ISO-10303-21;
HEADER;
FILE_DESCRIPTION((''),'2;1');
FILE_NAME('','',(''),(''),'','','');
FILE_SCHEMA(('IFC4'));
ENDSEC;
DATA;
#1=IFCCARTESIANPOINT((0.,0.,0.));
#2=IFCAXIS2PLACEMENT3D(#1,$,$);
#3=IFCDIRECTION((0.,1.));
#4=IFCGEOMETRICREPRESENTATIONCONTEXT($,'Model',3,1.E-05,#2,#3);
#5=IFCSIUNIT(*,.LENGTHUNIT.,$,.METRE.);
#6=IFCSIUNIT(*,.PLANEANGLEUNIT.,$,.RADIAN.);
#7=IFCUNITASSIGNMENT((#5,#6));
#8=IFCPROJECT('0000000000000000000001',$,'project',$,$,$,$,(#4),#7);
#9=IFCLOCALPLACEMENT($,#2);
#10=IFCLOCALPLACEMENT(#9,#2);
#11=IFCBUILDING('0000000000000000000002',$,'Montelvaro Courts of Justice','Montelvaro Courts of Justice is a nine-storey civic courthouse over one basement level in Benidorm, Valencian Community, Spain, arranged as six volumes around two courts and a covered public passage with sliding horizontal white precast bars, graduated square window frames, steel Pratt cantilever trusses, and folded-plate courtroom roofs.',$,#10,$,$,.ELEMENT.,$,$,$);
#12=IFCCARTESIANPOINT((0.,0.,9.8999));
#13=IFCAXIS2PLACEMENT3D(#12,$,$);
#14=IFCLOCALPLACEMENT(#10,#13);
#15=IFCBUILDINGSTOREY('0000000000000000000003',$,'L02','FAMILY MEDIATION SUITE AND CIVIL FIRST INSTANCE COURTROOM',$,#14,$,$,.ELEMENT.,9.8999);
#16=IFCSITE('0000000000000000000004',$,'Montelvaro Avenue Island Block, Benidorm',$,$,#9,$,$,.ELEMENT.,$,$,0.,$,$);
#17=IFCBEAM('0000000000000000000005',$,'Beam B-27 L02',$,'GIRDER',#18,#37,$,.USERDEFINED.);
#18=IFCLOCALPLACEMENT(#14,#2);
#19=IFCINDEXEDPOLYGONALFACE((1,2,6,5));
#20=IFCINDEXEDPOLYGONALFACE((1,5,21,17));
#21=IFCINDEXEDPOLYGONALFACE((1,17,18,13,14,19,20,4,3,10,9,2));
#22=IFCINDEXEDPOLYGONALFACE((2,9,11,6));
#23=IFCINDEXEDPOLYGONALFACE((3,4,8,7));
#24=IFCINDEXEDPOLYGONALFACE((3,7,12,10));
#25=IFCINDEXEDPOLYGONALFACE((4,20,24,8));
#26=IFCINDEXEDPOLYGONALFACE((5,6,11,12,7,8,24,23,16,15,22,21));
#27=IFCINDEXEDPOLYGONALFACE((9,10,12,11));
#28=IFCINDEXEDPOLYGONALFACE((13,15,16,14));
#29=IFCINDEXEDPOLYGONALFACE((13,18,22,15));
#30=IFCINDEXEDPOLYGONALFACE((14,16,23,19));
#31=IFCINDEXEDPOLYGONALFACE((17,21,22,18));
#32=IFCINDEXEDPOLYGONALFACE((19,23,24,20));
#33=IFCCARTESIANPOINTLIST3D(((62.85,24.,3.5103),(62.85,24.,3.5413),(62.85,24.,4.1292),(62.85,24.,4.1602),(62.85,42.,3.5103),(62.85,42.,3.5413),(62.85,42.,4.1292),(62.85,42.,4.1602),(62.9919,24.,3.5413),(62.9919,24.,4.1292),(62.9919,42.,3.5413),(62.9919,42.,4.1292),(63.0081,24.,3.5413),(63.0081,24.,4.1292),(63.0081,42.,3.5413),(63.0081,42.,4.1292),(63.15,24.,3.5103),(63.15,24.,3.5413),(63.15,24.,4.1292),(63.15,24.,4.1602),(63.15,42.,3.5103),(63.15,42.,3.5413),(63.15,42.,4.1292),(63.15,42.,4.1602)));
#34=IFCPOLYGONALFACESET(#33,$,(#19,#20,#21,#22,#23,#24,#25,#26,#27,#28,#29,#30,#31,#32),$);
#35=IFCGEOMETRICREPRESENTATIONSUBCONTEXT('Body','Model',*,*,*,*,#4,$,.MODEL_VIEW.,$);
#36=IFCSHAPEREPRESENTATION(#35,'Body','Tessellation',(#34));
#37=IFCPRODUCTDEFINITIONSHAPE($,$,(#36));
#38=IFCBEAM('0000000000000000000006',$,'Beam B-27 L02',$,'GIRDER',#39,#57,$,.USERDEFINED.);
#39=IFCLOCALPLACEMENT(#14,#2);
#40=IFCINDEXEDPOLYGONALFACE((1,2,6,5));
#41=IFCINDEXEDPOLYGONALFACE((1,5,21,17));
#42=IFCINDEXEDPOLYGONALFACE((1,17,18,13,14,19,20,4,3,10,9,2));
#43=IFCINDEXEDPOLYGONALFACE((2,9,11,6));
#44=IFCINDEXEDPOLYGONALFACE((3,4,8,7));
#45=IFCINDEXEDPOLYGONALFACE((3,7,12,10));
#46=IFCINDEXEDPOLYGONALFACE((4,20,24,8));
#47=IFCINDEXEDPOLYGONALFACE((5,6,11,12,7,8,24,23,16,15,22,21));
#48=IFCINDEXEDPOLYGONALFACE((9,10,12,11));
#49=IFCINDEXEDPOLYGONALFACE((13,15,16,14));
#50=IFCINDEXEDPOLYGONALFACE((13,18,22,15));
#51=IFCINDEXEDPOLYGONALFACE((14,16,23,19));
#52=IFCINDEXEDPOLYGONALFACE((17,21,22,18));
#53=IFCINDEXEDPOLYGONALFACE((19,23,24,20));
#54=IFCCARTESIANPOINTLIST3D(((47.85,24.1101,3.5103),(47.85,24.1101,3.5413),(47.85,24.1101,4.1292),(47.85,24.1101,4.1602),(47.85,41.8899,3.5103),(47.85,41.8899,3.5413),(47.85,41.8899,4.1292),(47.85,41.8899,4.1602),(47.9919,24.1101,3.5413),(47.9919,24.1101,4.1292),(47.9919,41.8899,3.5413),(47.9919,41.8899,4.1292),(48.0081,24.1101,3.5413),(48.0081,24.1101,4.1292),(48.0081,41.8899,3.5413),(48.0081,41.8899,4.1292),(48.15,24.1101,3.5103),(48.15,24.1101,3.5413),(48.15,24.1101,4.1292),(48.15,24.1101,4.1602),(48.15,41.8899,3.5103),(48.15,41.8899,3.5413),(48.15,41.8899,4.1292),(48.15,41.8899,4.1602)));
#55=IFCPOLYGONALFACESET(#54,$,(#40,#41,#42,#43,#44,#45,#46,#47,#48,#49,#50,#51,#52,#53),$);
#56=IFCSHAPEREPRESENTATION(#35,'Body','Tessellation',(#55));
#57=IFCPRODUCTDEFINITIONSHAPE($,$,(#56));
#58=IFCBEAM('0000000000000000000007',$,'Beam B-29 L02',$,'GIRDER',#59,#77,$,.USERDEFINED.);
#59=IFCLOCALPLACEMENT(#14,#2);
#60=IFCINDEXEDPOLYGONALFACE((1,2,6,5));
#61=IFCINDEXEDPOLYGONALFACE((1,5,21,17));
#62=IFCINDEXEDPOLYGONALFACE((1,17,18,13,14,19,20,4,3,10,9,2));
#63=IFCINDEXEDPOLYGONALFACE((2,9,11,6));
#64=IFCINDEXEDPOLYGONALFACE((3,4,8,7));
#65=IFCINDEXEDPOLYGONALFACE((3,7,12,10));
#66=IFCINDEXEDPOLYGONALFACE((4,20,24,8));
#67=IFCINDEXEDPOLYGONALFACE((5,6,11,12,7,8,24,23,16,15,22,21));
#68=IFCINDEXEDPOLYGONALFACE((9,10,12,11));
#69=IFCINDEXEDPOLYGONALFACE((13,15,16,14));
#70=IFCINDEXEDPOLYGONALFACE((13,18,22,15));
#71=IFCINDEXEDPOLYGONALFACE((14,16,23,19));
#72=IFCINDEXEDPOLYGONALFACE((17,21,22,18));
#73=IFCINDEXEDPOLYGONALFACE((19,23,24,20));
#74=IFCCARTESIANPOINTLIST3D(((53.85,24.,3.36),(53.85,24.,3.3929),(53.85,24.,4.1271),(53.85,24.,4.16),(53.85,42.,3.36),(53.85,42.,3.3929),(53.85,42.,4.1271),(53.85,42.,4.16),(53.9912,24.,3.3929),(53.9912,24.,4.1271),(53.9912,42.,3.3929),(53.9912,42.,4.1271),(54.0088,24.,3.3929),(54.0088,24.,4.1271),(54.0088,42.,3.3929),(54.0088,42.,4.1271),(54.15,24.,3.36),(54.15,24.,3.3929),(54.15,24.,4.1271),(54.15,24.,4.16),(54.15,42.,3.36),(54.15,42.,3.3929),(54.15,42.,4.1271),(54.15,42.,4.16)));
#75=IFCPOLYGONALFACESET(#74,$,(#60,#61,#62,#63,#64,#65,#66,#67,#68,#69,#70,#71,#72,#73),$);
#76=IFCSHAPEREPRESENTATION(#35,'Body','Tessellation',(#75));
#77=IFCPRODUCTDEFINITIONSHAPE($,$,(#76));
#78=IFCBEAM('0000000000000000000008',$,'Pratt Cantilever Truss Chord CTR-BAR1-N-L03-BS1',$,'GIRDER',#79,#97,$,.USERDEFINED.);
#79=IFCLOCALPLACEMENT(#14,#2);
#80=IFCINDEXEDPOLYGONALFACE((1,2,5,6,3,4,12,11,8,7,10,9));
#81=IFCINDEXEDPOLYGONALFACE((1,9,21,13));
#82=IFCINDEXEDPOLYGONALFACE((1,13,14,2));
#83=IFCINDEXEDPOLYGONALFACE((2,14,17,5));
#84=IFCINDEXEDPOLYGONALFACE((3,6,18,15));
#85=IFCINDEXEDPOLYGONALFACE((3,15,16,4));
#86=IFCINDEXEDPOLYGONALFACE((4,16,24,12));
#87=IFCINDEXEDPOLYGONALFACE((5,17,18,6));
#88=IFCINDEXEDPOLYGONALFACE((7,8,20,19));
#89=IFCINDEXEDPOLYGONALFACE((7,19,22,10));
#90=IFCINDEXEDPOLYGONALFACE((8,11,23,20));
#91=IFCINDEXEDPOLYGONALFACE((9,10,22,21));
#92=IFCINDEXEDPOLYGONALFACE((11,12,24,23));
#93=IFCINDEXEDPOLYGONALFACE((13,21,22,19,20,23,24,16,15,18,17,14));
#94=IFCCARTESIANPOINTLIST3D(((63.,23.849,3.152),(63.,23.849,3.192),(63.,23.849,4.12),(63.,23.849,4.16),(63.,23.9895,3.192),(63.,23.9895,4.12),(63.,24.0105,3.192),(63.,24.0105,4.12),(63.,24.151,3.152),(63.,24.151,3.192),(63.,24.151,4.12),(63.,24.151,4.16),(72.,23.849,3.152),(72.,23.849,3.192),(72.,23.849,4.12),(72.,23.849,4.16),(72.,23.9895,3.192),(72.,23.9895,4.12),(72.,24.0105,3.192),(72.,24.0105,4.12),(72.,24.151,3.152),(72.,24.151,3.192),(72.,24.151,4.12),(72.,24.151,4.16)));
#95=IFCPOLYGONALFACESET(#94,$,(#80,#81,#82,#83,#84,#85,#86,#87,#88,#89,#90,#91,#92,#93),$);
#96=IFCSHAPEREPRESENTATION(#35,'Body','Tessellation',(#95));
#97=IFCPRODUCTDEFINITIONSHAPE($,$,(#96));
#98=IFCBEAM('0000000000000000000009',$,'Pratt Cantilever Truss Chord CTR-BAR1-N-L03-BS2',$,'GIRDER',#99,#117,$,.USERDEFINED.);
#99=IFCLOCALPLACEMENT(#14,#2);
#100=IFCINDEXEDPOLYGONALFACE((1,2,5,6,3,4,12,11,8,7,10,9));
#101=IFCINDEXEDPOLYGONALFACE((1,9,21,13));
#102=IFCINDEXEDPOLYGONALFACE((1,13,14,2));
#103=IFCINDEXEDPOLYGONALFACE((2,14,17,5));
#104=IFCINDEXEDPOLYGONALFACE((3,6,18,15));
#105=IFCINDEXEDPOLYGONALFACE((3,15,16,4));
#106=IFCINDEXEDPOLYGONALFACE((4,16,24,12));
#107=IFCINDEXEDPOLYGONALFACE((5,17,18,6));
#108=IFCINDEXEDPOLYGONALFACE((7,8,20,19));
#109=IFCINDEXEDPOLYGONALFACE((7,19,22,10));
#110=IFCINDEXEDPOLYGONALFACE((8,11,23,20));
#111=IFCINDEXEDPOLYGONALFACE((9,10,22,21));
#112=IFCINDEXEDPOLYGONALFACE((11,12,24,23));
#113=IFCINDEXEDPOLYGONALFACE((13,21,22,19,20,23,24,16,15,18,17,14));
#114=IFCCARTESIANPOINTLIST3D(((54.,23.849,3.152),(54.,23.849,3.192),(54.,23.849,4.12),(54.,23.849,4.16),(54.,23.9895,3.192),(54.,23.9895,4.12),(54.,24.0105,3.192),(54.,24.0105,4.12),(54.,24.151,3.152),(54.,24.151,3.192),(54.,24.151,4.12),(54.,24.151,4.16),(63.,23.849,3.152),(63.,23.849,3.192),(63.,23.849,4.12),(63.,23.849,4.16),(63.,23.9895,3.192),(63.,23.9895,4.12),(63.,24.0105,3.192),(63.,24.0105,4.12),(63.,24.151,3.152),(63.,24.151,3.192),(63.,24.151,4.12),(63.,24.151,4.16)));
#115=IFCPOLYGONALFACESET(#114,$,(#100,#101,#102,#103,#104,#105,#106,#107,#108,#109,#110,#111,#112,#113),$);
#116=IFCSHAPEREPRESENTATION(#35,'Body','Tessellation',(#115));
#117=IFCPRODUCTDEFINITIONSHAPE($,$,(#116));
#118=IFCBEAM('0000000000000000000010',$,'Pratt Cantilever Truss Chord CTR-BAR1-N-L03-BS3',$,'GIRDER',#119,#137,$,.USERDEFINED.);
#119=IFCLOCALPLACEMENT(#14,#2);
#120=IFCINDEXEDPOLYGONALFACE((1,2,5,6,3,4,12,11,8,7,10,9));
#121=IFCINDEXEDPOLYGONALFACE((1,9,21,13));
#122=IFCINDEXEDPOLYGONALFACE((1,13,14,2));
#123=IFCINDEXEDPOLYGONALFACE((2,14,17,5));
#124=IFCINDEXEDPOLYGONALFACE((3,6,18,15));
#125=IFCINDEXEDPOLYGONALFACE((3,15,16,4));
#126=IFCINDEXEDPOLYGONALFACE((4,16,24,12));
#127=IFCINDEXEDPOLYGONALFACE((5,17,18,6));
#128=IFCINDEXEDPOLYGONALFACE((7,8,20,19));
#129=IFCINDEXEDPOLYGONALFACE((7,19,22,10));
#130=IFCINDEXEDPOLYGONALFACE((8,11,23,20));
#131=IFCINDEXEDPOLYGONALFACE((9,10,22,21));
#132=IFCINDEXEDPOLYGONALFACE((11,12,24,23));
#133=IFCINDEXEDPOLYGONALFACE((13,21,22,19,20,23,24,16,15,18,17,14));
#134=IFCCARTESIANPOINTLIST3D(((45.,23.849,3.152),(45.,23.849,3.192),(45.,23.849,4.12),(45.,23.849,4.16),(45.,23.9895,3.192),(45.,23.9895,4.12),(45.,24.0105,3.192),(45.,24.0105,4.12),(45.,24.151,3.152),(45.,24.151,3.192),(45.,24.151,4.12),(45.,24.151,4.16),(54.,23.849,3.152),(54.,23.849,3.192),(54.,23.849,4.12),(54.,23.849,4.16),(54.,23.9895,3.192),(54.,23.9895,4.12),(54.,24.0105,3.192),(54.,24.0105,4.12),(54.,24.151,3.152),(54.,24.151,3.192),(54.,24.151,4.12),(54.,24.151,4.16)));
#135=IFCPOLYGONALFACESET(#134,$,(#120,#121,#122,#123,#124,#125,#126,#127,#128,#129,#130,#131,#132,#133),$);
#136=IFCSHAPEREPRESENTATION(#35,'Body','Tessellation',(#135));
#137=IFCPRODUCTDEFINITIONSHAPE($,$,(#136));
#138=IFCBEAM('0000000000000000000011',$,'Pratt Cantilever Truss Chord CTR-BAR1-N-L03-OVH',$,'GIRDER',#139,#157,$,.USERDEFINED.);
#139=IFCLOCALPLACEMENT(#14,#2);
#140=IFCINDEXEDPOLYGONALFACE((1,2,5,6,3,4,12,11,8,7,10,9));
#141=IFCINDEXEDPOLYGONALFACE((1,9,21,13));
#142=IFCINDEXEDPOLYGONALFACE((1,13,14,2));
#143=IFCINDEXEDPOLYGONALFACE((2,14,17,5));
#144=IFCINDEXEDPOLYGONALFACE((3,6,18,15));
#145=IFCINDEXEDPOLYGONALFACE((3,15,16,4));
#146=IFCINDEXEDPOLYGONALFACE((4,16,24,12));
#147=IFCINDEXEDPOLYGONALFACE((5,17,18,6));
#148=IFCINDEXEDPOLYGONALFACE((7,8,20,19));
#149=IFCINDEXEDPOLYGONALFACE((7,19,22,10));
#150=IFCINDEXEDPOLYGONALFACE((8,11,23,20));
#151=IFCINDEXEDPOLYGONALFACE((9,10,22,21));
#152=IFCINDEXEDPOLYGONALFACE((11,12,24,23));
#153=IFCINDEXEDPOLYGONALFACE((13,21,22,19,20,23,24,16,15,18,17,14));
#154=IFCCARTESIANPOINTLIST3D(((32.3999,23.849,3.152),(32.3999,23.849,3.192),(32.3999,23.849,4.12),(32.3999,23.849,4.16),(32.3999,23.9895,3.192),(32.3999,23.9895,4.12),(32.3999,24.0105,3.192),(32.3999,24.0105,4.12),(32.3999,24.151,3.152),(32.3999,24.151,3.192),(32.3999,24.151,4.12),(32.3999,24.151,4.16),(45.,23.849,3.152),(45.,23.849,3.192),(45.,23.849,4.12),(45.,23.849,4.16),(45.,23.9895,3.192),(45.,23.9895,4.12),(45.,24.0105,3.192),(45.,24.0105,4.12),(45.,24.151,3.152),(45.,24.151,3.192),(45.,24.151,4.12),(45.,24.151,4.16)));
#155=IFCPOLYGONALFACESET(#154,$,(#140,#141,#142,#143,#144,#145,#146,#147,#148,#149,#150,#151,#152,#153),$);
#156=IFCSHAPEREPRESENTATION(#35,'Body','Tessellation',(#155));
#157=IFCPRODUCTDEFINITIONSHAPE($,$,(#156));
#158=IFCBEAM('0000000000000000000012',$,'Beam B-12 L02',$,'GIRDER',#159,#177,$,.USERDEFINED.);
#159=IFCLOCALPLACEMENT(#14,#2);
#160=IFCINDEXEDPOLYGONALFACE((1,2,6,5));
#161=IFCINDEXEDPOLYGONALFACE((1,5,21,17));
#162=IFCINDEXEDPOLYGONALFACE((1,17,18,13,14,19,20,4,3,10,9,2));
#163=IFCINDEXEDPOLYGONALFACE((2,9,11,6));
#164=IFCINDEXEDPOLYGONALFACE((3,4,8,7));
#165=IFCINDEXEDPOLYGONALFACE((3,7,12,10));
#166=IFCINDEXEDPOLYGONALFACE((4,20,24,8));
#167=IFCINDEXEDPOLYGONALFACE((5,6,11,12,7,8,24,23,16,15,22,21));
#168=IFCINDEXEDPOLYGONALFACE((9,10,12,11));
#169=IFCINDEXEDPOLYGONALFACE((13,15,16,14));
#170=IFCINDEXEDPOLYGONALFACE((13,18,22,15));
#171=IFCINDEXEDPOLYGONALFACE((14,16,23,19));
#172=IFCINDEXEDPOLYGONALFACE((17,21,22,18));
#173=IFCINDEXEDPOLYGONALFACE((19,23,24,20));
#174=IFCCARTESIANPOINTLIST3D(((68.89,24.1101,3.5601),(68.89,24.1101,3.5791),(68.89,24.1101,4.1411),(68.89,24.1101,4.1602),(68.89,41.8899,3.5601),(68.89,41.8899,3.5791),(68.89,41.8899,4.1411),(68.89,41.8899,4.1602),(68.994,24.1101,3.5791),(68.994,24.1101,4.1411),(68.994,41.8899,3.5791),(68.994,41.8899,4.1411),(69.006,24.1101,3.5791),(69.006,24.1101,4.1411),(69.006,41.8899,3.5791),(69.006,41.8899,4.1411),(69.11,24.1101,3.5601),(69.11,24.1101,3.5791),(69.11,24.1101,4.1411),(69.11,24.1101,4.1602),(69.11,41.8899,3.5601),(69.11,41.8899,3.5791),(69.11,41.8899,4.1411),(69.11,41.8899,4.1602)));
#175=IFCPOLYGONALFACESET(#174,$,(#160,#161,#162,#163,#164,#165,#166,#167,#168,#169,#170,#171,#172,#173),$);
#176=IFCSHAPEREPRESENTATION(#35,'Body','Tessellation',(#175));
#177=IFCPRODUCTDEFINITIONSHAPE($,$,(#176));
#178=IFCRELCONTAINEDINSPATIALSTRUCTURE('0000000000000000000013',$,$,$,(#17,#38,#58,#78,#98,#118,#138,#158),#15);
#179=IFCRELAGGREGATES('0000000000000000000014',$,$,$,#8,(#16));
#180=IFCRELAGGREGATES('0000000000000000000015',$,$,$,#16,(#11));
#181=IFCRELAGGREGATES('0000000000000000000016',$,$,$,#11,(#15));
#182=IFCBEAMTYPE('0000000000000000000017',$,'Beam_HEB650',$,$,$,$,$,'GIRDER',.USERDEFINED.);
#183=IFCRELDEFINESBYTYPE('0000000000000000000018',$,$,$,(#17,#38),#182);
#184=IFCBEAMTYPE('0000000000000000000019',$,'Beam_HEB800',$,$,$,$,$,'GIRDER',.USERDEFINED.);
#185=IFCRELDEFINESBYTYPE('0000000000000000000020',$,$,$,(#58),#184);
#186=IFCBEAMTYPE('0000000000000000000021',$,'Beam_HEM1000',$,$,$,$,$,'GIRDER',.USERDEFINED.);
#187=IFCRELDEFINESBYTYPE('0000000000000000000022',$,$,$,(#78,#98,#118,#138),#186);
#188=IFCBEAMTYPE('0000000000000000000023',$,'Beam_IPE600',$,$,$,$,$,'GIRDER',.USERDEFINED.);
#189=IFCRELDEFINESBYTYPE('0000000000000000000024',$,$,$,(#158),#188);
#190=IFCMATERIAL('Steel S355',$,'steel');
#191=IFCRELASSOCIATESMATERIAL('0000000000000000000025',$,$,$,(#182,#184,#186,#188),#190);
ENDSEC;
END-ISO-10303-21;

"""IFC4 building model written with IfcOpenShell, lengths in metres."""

from ifc_helpers import new_model, si_unit, direction, frame, origin, origin_2d, place, context, subcontext, project, spatial, i_section, extrude, material, material_profile, profile_set, type_object, element, save


model = new_model("IFC4")

# Units and contexts
model_context = context("Model", 3, precision=1e-05, world=origin(), true_north=direction((0.0, 1.0)))
body_context = subcontext(model_context, "Body", "Model", "MODEL_VIEW")
ifc_project = project(units=[si_unit("LENGTHUNIT", "METRE"), si_unit("PLANEANGLEUNIT", "RADIAN")], contexts=[model_context])

# Site, building, storey
site_placement = place(None, origin())
site = spatial("IfcSite", under=ifc_project, at=site_placement, Name="Montelvaro Avenue Island Block, Benidorm", CompositionType="ELEMENT", RefElevation=0.0)
building_placement = place(site_placement, origin())
building = spatial("IfcBuilding", under=site, at=building_placement, Name="Montelvaro Courts of Justice", Description="Montelvaro Courts of Justice is a nine-storey civic courthouse over one basement level in Benidorm, Valencian Community, Spain, arranged as six volumes around two courts and a covered public passage with sliding horizontal white precast bars, graduated square window frames, steel Pratt cantilever trusses, and folded-plate courtroom roofs.", CompositionType="ELEMENT")
storey_placement = place(building_placement, frame((0.0, 0.0, 9.8999)))
storey = spatial("IfcBuildingStorey", under=building, at=storey_placement, Name="L02", Description="FAMILY MEDIATION SUITE AND CIVIL FIRST INSTANCE COURTROOM", CompositionType="ELEMENT", Elevation=9.8999)

# Shared definitions
ifc_material_1 = material(Name="Steel S355", Category="steel")

# Beams
ifc_material_profile_1 = material_profile(ifc_material_1, i_section(OverallWidth=0.3, OverallDepth=0.6499, WebThickness=0.0161, FlangeThickness=0.031, at=origin_2d()), Name="HEB 650")
ifc_profile_set_1 = profile_set([ifc_material_profile_1], Name="Steel S355")
beam_type_1 = type_object("IfcBeamType", Name="Beam_HEB650", ElementType="GIRDER", PredefinedType="USERDEFINED", material=ifc_profile_set_1)
beam_1_placement = place(storey_placement, frame((63.0, 24.0, 3.8352), z_axis=(0.0, 1.0, 0.0), x_axis=(-1.0, 0.0, 0.0)))
element("IfcBeam", 1, at=beam_1_placement, inside=storey, type_object=beam_type_1, Name="Beam B-27 L02", ObjectType="GIRDER", PredefinedType="USERDEFINED", context=body_context, shape_type="SweptSolid", body=[
    extrude(i_section(OverallWidth=0.3, OverallDepth=0.6499, WebThickness=0.0161, FlangeThickness=0.031, at=origin_2d()), origin(), (0.0, 0.0, 1.0), 18.0),
])
beam_2_placement = place(storey_placement, frame((48.0, 24.1101, 3.8352), z_axis=(0.0, 1.0, 0.0), x_axis=(-1.0, 0.0, 0.0)))
element("IfcBeam", 2, at=beam_2_placement, inside=storey, type_object=beam_type_1, Name="Beam B-27 L02", ObjectType="GIRDER", PredefinedType="USERDEFINED", context=body_context, shape_type="SweptSolid", body=[
    extrude(i_section(OverallWidth=0.3, OverallDepth=0.6499, WebThickness=0.0161, FlangeThickness=0.031, at=origin_2d()), origin(), (0.0, 0.0, 1.0), 17.7798),
])
ifc_material_profile_2 = material_profile(ifc_material_1, i_section(OverallWidth=0.3, OverallDepth=0.8, WebThickness=0.0176, FlangeThickness=0.033, at=origin_2d()), Name="HEB 800")
ifc_profile_set_2 = profile_set([ifc_material_profile_2], Name="Steel S355")
beam_type_2 = type_object("IfcBeamType", Name="Beam_HEB800", ElementType="GIRDER", PredefinedType="USERDEFINED", material=ifc_profile_set_2)
beam_3_placement = place(storey_placement, frame((54.0, 24.0, 3.76), z_axis=(0.0, 1.0, 0.0), x_axis=(-1.0, 0.0, 0.0)))
element("IfcBeam", 3, at=beam_3_placement, inside=storey, type_object=beam_type_2, Name="Beam B-29 L02", ObjectType="GIRDER", PredefinedType="USERDEFINED", context=body_context, shape_type="SweptSolid", body=[
    extrude(i_section(OverallWidth=0.3, OverallDepth=0.8, WebThickness=0.0176, FlangeThickness=0.033, at=origin_2d()), origin(), (0.0, 0.0, 1.0), 18.0),
])
ifc_material_profile_3 = material_profile(ifc_material_1, i_section(OverallWidth=0.302, OverallDepth=1.0081, WebThickness=0.021, FlangeThickness=0.04, at=origin_2d()), Name="HEM 1000")
ifc_profile_set_3 = profile_set([ifc_material_profile_3], Name="Steel S355")
beam_type_3 = type_object("IfcBeamType", Name="Beam_HEM1000", ElementType="GIRDER", PredefinedType="USERDEFINED", material=ifc_profile_set_3)
for number, where, z_axis, x_axis, name in (
    (4, (72.0, 24.0, 3.656), (-1.0, 0.0, 0.0), (0.0, -1.0, 0.0), "Pratt Cantilever Truss Chord CTR-BAR1-N-L03-BS1"),
    (5, (63.0, 24.0, 3.656), (-1.0, 0.0, 0.0), (0.0, -1.0, 0.0), "Pratt Cantilever Truss Chord CTR-BAR1-N-L03-BS2"),
    (6, (54.0, 24.0, 3.656), (-1.0, 0.0, 0.0), (0.0, -1.0, 0.0), "Pratt Cantilever Truss Chord CTR-BAR1-N-L03-BS3"),
):
    element("IfcBeam", number, at=place(storey_placement, frame(where, z_axis=z_axis, x_axis=x_axis)), inside=storey, type_object=beam_type_3, Name=name, ObjectType="GIRDER", PredefinedType="USERDEFINED", context=body_context, shape_type="SweptSolid", body=[
        extrude(i_section(OverallWidth=0.302, OverallDepth=1.0081, WebThickness=0.021, FlangeThickness=0.04, at=origin_2d()), origin(), (0.0, 0.0, 1.0), 9.0),
    ])
beam_4_placement = place(storey_placement, frame((45.0, 24.0, 3.656), z_axis=(-1.0, 0.0, 0.0), x_axis=(0.0, -1.0, 0.0)))
element("IfcBeam", 7, at=beam_4_placement, inside=storey, type_object=beam_type_3, Name="Pratt Cantilever Truss Chord CTR-BAR1-N-L03-OVH", ObjectType="GIRDER", PredefinedType="USERDEFINED", context=body_context, shape_type="SweptSolid", body=[
    extrude(i_section(OverallWidth=0.302, OverallDepth=1.0081, WebThickness=0.021, FlangeThickness=0.04, at=origin_2d()), origin(), (0.0, 0.0, 1.0), 12.6001),
])
ifc_material_profile_4 = material_profile(ifc_material_1, i_section(OverallWidth=0.22, OverallDepth=0.6001, WebThickness=0.012, FlangeThickness=0.019, at=origin_2d()), Name="IPE 600")
ifc_profile_set_4 = profile_set([ifc_material_profile_4], Name="Steel S355")
beam_type_4 = type_object("IfcBeamType", Name="Beam_IPE600", ElementType="GIRDER", PredefinedType="USERDEFINED", material=ifc_profile_set_4)
beam_5_placement = place(storey_placement, frame((69.0, 24.1101, 3.8601), z_axis=(0.0, 1.0, 0.0), x_axis=(-1.0, 0.0, 0.0)))
element("IfcBeam", 8, at=beam_5_placement, inside=storey, type_object=beam_type_4, Name="Beam B-12 L02", ObjectType="GIRDER", PredefinedType="USERDEFINED", context=body_context, shape_type="SweptSolid", body=[
    extrude(i_section(OverallWidth=0.22, OverallDepth=0.6001, WebThickness=0.012, FlangeThickness=0.019, at=origin_2d()), origin(), (0.0, 0.0, 1.0), 17.7798),
])

save(model, "model.ifc")
